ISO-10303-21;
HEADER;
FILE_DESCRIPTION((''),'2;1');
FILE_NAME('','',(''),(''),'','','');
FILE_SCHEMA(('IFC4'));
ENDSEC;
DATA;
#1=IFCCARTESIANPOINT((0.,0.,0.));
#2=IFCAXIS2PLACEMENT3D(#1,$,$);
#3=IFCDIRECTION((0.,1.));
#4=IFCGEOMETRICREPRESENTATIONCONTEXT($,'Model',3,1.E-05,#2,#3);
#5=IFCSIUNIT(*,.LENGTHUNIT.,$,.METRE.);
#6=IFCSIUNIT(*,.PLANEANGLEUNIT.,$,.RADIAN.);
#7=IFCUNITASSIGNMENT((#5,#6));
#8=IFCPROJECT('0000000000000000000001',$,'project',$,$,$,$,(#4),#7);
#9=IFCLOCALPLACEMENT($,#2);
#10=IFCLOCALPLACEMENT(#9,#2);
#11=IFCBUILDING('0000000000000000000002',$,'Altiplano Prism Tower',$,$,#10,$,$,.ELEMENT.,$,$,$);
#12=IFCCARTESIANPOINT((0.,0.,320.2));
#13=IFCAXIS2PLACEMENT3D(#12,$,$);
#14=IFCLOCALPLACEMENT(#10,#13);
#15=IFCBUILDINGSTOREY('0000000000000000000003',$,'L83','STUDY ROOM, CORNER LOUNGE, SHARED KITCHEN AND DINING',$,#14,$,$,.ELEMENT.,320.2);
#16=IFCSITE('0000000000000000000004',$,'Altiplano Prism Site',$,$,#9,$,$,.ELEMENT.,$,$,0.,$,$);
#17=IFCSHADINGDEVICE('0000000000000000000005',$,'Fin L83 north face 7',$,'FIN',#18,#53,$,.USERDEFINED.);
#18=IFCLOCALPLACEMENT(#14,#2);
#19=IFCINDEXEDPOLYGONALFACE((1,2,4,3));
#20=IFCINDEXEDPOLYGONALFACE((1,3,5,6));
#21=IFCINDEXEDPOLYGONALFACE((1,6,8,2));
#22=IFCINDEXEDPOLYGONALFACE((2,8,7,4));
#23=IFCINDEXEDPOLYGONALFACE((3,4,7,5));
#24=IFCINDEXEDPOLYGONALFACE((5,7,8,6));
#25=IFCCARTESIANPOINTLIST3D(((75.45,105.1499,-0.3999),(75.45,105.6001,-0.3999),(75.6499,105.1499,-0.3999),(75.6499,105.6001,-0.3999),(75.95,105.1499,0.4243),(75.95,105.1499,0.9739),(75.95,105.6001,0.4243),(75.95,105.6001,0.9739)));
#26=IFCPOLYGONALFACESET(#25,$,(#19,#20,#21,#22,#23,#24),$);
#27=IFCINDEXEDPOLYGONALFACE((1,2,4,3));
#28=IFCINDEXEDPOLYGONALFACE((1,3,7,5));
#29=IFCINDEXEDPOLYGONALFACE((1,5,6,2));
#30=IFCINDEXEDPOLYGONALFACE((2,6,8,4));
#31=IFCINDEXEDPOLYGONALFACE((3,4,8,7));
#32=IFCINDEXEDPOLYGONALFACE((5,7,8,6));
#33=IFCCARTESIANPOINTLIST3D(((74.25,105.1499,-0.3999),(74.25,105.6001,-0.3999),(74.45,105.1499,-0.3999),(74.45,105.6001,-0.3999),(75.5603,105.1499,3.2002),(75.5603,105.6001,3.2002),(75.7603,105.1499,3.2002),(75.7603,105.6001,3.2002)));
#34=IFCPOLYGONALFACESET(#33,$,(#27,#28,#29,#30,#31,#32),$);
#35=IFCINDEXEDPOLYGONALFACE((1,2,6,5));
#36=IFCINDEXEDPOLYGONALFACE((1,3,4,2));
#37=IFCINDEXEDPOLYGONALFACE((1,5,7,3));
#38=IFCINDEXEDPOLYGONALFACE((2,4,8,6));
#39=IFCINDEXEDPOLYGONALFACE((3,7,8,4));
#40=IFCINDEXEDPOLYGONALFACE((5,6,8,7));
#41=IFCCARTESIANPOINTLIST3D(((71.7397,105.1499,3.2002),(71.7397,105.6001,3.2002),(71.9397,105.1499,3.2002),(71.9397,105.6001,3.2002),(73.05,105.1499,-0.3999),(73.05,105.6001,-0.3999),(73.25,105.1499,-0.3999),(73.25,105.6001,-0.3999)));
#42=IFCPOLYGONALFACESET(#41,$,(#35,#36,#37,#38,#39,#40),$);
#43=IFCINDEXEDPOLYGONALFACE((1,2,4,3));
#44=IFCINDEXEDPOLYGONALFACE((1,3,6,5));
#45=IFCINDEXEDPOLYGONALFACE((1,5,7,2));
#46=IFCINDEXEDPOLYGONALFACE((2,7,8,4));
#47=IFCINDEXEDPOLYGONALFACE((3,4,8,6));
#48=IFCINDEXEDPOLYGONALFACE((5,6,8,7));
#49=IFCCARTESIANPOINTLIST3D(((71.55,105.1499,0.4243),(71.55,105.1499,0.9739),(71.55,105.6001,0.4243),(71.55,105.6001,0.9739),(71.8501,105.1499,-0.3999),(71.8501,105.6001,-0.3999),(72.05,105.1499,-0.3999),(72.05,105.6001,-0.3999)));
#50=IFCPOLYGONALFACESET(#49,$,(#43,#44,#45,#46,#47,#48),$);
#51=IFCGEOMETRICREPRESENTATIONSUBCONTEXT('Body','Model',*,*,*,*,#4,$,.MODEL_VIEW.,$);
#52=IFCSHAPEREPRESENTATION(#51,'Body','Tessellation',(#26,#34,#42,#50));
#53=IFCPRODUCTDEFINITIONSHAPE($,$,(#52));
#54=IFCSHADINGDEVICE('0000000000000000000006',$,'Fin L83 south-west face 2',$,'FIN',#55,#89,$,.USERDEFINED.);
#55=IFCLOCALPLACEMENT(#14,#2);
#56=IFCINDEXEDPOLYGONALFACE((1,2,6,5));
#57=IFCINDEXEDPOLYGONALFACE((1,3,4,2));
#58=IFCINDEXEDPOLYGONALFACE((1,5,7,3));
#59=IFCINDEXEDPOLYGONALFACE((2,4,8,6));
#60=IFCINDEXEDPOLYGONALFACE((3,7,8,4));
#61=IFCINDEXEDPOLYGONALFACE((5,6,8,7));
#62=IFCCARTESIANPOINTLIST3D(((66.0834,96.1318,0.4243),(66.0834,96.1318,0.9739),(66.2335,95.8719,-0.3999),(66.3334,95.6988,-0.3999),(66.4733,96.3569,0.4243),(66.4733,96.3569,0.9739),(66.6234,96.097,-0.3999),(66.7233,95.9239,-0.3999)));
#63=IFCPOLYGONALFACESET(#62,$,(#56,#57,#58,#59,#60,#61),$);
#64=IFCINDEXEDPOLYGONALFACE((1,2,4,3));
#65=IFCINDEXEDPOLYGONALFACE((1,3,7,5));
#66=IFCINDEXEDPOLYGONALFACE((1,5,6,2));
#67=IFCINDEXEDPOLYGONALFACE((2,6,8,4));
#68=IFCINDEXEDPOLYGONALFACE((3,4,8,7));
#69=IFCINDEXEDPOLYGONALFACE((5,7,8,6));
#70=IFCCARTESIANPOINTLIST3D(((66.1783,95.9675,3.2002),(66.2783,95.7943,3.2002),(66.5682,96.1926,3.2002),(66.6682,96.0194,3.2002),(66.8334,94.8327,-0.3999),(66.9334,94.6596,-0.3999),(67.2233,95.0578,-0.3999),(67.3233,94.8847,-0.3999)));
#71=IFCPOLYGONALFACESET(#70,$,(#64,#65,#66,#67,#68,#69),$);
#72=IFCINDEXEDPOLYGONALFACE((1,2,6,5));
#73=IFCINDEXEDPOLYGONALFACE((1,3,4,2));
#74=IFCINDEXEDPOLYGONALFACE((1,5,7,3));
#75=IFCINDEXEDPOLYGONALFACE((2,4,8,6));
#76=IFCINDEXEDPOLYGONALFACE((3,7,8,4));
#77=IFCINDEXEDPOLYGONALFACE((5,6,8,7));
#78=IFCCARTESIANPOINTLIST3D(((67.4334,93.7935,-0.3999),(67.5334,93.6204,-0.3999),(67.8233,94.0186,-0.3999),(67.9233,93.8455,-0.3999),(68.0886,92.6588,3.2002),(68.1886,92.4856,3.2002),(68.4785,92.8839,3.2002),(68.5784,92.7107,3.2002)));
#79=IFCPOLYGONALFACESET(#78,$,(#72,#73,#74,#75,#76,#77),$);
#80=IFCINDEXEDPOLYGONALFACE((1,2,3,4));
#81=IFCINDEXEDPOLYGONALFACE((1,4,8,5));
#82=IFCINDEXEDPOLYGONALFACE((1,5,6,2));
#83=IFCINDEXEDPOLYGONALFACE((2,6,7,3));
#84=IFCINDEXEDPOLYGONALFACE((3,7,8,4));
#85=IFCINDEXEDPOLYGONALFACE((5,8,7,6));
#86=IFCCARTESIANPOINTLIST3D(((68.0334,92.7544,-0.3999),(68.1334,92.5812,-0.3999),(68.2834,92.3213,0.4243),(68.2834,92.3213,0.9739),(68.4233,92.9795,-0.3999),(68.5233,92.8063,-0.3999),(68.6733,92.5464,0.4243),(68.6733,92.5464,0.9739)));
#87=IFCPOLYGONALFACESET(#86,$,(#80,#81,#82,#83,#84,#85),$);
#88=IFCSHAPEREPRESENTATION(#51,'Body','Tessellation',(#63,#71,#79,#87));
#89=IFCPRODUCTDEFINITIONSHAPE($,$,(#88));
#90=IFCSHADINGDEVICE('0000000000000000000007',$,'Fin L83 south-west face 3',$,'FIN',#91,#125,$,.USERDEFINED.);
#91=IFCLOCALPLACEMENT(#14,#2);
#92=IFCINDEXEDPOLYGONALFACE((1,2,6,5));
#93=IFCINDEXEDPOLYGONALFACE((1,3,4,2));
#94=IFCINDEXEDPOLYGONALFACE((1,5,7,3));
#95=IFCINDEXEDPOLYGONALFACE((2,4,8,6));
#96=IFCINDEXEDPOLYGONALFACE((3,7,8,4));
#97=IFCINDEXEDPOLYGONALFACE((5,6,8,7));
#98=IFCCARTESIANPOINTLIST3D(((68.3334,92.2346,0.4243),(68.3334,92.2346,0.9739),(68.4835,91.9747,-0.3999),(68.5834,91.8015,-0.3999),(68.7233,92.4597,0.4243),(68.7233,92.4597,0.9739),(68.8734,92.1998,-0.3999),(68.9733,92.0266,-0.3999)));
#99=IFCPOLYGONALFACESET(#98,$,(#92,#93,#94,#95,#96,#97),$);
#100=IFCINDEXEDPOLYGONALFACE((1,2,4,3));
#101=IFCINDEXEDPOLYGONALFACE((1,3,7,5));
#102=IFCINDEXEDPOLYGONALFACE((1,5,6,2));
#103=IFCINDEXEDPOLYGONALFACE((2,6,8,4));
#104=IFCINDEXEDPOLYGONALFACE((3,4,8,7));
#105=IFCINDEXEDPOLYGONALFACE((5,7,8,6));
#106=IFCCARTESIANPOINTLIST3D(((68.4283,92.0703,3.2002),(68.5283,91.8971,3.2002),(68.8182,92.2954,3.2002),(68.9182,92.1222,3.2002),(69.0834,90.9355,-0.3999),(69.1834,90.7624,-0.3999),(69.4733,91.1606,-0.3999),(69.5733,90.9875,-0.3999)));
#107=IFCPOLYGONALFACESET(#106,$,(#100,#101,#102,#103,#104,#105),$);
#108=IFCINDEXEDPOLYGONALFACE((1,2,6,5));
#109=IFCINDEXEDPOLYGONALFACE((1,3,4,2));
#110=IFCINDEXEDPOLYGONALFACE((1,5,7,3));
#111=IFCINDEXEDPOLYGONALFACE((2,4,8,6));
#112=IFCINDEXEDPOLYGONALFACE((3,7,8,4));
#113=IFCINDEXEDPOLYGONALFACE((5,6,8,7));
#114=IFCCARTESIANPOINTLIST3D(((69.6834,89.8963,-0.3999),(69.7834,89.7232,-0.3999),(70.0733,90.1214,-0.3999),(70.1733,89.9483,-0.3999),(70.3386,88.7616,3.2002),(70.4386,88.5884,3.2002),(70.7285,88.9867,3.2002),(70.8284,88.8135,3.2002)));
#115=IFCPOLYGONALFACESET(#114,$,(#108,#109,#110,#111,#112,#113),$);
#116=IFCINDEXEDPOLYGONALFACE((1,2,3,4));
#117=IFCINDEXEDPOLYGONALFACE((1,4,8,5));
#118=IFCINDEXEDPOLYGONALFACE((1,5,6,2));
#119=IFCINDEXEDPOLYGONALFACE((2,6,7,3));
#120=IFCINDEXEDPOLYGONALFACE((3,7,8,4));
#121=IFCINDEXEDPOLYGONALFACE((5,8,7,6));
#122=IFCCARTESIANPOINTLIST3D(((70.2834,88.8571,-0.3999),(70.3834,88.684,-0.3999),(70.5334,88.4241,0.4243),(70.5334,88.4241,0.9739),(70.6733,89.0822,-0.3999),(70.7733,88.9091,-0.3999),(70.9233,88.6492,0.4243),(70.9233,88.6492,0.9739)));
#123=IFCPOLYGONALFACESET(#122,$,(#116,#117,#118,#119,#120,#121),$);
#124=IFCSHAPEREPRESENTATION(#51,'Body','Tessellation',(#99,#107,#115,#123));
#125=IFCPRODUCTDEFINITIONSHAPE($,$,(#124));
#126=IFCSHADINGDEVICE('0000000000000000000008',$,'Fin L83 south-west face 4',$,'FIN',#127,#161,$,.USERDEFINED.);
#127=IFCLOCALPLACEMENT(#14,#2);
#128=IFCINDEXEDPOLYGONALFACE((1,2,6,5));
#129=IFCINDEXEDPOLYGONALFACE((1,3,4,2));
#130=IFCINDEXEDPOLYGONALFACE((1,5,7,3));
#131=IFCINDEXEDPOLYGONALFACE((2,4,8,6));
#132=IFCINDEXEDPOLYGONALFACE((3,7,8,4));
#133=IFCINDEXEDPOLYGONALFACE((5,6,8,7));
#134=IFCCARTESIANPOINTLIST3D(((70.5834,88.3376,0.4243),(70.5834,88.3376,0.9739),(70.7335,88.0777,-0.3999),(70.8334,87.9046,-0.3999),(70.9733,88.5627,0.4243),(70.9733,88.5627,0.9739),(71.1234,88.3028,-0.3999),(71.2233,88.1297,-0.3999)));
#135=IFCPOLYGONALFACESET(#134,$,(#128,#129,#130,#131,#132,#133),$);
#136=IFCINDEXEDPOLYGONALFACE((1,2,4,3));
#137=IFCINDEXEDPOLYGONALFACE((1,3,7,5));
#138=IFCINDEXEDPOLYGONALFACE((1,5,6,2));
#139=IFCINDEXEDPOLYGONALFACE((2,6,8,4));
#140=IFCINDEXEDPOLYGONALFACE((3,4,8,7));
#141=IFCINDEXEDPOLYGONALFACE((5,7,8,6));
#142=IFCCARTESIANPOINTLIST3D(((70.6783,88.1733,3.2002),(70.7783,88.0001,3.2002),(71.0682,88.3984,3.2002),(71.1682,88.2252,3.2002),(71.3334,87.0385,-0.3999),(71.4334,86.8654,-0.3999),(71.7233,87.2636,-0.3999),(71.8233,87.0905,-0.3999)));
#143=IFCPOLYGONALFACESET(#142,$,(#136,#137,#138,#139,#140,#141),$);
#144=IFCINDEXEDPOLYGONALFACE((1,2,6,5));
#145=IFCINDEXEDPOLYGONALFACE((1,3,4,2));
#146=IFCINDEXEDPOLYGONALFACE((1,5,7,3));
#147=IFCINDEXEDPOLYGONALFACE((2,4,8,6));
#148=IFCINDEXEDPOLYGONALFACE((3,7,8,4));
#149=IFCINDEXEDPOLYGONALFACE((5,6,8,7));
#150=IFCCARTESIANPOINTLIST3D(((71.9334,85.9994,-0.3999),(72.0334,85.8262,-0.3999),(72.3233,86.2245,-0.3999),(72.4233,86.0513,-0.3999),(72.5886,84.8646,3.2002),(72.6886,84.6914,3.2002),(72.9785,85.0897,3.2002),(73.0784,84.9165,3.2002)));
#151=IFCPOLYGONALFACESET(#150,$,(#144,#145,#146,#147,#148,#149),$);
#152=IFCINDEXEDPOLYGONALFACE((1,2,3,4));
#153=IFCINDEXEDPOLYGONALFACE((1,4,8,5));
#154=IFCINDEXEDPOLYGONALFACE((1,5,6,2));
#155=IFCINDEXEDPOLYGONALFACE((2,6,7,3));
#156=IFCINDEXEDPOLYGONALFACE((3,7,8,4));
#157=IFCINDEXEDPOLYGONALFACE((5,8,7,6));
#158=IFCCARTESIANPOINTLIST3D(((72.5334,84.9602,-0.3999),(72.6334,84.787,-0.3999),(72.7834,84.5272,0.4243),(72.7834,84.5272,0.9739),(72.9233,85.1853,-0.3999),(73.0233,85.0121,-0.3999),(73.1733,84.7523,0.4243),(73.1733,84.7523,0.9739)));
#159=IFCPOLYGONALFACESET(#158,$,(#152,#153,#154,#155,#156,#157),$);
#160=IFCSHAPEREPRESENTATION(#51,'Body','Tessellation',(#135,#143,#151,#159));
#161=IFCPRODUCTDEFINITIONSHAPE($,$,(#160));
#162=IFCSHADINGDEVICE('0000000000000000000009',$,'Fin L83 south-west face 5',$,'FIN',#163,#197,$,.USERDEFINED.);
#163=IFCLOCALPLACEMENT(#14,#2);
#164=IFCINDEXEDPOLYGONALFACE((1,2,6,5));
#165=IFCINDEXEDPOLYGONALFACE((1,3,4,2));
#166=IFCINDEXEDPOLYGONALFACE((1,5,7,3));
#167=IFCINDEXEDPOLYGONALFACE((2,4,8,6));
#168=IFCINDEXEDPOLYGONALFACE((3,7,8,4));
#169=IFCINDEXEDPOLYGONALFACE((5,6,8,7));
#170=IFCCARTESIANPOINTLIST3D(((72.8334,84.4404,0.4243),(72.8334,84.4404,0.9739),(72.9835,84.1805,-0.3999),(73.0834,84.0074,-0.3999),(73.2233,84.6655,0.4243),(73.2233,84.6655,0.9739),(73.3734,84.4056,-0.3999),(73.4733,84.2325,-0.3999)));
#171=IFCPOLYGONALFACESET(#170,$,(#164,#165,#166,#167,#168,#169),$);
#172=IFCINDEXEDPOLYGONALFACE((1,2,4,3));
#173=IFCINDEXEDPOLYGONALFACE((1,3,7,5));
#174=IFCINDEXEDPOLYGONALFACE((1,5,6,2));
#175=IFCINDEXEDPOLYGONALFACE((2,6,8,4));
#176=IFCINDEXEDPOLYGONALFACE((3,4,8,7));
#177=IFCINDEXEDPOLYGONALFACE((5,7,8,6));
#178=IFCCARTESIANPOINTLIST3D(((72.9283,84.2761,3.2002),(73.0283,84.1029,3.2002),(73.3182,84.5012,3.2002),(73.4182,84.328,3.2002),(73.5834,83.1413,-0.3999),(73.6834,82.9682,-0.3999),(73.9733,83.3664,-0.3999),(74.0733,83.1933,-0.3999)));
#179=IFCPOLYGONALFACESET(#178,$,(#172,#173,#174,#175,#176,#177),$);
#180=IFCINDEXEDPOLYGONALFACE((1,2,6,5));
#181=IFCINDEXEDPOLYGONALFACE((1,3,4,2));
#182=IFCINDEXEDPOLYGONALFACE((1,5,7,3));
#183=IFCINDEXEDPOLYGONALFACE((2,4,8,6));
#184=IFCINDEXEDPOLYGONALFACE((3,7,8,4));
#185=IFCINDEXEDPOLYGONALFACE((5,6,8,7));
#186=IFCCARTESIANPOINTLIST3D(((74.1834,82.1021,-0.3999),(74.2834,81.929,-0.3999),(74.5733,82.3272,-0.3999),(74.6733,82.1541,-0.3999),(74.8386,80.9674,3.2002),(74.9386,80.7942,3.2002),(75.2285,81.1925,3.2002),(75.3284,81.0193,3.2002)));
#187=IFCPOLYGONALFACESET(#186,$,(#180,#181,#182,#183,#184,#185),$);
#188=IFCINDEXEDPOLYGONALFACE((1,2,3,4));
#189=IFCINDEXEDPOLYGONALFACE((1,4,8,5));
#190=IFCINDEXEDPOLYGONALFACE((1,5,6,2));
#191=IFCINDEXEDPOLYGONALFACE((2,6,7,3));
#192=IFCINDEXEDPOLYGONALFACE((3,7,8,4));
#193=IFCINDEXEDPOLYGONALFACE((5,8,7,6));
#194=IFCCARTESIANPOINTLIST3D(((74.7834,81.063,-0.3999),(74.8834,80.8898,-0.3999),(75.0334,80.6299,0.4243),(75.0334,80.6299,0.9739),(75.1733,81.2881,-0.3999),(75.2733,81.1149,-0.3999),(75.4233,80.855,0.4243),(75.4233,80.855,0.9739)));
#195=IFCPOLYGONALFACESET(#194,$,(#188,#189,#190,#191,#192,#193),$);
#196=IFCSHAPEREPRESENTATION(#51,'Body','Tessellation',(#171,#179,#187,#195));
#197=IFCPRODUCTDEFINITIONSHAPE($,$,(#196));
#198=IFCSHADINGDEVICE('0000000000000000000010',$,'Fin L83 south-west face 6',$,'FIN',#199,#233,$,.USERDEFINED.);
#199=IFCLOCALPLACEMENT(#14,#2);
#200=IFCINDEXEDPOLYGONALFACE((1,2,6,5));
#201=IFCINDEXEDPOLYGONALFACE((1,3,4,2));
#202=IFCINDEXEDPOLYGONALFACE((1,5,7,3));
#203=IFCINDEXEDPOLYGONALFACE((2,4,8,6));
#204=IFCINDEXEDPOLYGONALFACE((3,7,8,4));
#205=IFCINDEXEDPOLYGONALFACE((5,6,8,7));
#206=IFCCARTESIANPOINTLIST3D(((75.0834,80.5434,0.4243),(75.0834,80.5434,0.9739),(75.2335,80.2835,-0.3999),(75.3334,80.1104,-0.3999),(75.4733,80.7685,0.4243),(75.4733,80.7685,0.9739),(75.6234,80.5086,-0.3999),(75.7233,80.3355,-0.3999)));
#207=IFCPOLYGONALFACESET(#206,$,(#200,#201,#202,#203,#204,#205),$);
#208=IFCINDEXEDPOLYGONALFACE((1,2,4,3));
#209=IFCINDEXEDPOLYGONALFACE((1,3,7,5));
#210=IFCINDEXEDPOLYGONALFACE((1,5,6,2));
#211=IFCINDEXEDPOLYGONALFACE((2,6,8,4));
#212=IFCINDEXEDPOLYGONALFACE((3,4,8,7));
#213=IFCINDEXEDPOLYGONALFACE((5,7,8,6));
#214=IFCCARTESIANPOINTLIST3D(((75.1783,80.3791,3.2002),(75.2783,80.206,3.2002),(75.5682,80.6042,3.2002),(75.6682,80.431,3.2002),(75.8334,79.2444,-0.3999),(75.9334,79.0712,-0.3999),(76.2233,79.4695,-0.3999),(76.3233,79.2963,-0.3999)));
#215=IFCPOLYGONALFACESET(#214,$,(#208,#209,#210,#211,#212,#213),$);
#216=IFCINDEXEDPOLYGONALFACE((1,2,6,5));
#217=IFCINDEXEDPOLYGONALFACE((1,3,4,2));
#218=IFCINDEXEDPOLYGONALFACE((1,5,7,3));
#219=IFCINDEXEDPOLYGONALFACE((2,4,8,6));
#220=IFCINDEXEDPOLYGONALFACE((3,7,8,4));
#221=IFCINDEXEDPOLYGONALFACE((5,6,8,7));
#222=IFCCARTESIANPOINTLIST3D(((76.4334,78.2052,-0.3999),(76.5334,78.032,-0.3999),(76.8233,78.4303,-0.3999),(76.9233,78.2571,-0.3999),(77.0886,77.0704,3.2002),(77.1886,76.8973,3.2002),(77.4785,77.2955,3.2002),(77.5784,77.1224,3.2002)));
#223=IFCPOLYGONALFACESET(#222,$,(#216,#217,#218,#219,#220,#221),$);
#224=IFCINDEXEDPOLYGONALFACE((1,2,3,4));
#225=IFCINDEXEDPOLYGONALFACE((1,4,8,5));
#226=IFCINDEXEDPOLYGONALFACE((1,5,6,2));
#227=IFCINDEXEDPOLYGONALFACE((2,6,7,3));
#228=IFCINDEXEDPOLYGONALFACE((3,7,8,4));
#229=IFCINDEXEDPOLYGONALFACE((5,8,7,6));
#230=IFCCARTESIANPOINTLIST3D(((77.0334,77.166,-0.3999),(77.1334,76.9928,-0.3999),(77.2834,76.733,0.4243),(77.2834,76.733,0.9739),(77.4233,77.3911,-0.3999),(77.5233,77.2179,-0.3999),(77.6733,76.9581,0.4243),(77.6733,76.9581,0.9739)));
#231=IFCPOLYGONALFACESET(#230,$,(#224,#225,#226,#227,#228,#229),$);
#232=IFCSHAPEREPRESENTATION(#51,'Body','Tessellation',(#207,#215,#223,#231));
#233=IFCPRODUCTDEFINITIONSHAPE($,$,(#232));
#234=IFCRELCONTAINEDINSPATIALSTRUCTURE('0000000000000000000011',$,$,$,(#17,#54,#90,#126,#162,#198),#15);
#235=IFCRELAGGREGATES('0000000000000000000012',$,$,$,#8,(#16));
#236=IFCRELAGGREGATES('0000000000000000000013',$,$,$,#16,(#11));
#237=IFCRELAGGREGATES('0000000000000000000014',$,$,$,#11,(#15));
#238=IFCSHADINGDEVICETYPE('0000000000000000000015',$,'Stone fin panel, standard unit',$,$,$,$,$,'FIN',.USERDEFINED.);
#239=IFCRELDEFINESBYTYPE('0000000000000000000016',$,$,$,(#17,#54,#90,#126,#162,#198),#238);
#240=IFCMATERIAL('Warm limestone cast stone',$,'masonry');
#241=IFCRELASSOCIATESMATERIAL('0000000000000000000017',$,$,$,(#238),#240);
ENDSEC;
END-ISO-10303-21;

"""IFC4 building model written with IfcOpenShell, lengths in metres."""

from ifc_helpers import new_model, si_unit, direction, frame, origin, place, context, subcontext, project, spatial, polyline, outline, extrude, source, transform, mapped, material, type_object, element, save


model = new_model("IFC4")

# Units and contexts
model_context = context("Model", 3, precision=1e-05, world=origin(), true_north=direction((0.0, 1.0)))
body_context = subcontext(model_context, "Body", "Model", "MODEL_VIEW")
ifc_project = project(units=[si_unit("LENGTHUNIT", "METRE"), si_unit("PLANEANGLEUNIT", "RADIAN")], contexts=[model_context])

# Site, building, storey
site_placement = place(None, origin())
site = spatial("IfcSite", under=ifc_project, at=site_placement, Name="Altiplano Prism Site", CompositionType="ELEMENT", RefElevation=0.0)
building_placement = place(site_placement, origin())
building = spatial("IfcBuilding", under=site, at=building_placement, Name="Altiplano Prism Tower", CompositionType="ELEMENT")
storey_placement = place(building_placement, frame((0.0, 0.0, 320.2)))
storey = spatial("IfcBuildingStorey", under=building, at=storey_placement, Name="L83", Description="STUDY ROOM, CORNER LOUNGE, SHARED KITCHEN AND DINING", CompositionType="ELEMENT", Elevation=320.2)

# Shading devices
ifc_material_1 = material(Name="Warm limestone cast stone", Category="masonry")
shading_device_type_1 = type_object("IfcShadingDeviceType", Name="Stone fin panel, standard unit", ElementType="FIN", PredefinedType="USERDEFINED", material=ifc_material_1)
shared_shape_1 = source(origin(), body_context, "Body", "SweptSolid", [
    extrude(outline(polyline([(-2.2, 1.3738), (-2.2, 0.8242), (-1.8999, 0.0), (-1.7, 0.0), (-2.2, 1.3738)])), frame((0.0, -0.1499, 0.0), z_axis=(0.0, -1.0, 0.0), x_axis=(1.0, 0.0, 0.0)), (0.0, 0.0, 1.0), 0.4502),
    extrude(outline(polyline([(-2.0103, 3.6001), (-0.7, 0.0), (-0.5, 0.0), (-1.8103, 3.6001), (-2.0103, 3.6001)])), frame((0.0, -0.1499, 0.0), z_axis=(0.0, -1.0, 0.0), x_axis=(1.0, 0.0, 0.0)), (0.0, 0.0, 1.0), 0.4502),
    extrude(outline(polyline([(1.8103, 3.6001), (0.5, 0.0), (0.7, 0.0), (2.0103, 3.6001), (1.8103, 3.6001)])), frame((0.0, -0.1499, 0.0), z_axis=(0.0, -1.0, 0.0), x_axis=(1.0, 0.0, 0.0)), (0.0, 0.0, 1.0), 0.4502),
    extrude(outline(polyline([(2.2, 0.8242), (2.2, 1.3738), (1.7, 0.0), (1.8999, 0.0), (2.2, 0.8242)])), frame((0.0, -0.1499, 0.0), z_axis=(0.0, -1.0, 0.0), x_axis=(1.0, 0.0, 0.0)), (0.0, 0.0, 1.0), 0.4502),
])
shading_device_1_placement = place(storey_placement, origin())
element("IfcShadingDevice", 1, at=shading_device_1_placement, inside=storey, type_object=shading_device_type_1, Name="Fin L83 north face 7", ObjectType="FIN", PredefinedType="USERDEFINED", context=body_context, shape_type="MappedRepresentation", body=[
    mapped(shared_shape_1, transform((73.75, 105.0, -0.3999), x_axis=(-1.0, 0.0, 0.0), y_axis=(0.0, -1.0, 0.0), z_axis=(0.0, 0.0, 1.0))),
])
shading_device_2_placement = place(storey_placement, origin())
element("IfcShadingDevice", 2, at=shading_device_2_placement, inside=storey, type_object=shading_device_type_1, Name="Fin L83 south-west face 2", ObjectType="FIN", PredefinedType="USERDEFINED", context=body_context, shape_type="MappedRepresentation", body=[
    mapped(shared_shape_1, transform((67.7031, 94.5266, -0.3999), x_axis=(0.5, -0.866025, 0.0), y_axis=(0.866025, 0.5, 0.0), z_axis=(0.0, 0.0, 1.0))),
])
shading_device_3_placement = place(storey_placement, origin())
element("IfcShadingDevice", 3, at=shading_device_3_placement, inside=storey, type_object=shading_device_type_1, Name="Fin L83 south-west face 3", ObjectType="FIN", PredefinedType="USERDEFINED", context=body_context, shape_type="MappedRepresentation", body=[
    mapped(shared_shape_1, transform((69.9531, 90.6294, -0.3999), x_axis=(0.5, -0.866025, 0.0), y_axis=(0.866025, 0.5, 0.0), z_axis=(0.0, 0.0, 1.0))),
])
shading_device_4_placement = place(storey_placement, origin())
element("IfcShadingDevice", 4, at=shading_device_4_placement, inside=storey, type_object=shading_device_type_1, Name="Fin L83 south-west face 4", ObjectType="FIN", PredefinedType="USERDEFINED", context=body_context, shape_type="MappedRepresentation", body=[
    mapped(shared_shape_1, transform((72.2031, 86.7324, -0.3999), x_axis=(0.5, -0.866025, 0.0), y_axis=(0.866025, 0.5, 0.0), z_axis=(0.0, 0.0, 1.0))),
])
shading_device_5_placement = place(storey_placement, origin())
element("IfcShadingDevice", 5, at=shading_device_5_placement, inside=storey, type_object=shading_device_type_1, Name="Fin L83 south-west face 5", ObjectType="FIN", PredefinedType="USERDEFINED", context=body_context, shape_type="MappedRepresentation", body=[
    mapped(shared_shape_1, transform((74.4531, 82.8352, -0.3999), x_axis=(0.5, -0.866025, 0.0), y_axis=(0.866025, 0.5, 0.0), z_axis=(0.0, 0.0, 1.0))),
])
shading_device_6_placement = place(storey_placement, origin())
element("IfcShadingDevice", 6, at=shading_device_6_placement, inside=storey, type_object=shading_device_type_1, Name="Fin L83 south-west face 6", ObjectType="FIN", PredefinedType="USERDEFINED", context=body_context, shape_type="MappedRepresentation", body=[
    mapped(shared_shape_1, transform((76.7031, 78.9382, -0.3999), x_axis=(0.5, -0.866025, 0.0), y_axis=(0.866025, 0.5, 0.0), z_axis=(0.0, 0.0, 1.0))),
])

save(model, "model.ifc")
